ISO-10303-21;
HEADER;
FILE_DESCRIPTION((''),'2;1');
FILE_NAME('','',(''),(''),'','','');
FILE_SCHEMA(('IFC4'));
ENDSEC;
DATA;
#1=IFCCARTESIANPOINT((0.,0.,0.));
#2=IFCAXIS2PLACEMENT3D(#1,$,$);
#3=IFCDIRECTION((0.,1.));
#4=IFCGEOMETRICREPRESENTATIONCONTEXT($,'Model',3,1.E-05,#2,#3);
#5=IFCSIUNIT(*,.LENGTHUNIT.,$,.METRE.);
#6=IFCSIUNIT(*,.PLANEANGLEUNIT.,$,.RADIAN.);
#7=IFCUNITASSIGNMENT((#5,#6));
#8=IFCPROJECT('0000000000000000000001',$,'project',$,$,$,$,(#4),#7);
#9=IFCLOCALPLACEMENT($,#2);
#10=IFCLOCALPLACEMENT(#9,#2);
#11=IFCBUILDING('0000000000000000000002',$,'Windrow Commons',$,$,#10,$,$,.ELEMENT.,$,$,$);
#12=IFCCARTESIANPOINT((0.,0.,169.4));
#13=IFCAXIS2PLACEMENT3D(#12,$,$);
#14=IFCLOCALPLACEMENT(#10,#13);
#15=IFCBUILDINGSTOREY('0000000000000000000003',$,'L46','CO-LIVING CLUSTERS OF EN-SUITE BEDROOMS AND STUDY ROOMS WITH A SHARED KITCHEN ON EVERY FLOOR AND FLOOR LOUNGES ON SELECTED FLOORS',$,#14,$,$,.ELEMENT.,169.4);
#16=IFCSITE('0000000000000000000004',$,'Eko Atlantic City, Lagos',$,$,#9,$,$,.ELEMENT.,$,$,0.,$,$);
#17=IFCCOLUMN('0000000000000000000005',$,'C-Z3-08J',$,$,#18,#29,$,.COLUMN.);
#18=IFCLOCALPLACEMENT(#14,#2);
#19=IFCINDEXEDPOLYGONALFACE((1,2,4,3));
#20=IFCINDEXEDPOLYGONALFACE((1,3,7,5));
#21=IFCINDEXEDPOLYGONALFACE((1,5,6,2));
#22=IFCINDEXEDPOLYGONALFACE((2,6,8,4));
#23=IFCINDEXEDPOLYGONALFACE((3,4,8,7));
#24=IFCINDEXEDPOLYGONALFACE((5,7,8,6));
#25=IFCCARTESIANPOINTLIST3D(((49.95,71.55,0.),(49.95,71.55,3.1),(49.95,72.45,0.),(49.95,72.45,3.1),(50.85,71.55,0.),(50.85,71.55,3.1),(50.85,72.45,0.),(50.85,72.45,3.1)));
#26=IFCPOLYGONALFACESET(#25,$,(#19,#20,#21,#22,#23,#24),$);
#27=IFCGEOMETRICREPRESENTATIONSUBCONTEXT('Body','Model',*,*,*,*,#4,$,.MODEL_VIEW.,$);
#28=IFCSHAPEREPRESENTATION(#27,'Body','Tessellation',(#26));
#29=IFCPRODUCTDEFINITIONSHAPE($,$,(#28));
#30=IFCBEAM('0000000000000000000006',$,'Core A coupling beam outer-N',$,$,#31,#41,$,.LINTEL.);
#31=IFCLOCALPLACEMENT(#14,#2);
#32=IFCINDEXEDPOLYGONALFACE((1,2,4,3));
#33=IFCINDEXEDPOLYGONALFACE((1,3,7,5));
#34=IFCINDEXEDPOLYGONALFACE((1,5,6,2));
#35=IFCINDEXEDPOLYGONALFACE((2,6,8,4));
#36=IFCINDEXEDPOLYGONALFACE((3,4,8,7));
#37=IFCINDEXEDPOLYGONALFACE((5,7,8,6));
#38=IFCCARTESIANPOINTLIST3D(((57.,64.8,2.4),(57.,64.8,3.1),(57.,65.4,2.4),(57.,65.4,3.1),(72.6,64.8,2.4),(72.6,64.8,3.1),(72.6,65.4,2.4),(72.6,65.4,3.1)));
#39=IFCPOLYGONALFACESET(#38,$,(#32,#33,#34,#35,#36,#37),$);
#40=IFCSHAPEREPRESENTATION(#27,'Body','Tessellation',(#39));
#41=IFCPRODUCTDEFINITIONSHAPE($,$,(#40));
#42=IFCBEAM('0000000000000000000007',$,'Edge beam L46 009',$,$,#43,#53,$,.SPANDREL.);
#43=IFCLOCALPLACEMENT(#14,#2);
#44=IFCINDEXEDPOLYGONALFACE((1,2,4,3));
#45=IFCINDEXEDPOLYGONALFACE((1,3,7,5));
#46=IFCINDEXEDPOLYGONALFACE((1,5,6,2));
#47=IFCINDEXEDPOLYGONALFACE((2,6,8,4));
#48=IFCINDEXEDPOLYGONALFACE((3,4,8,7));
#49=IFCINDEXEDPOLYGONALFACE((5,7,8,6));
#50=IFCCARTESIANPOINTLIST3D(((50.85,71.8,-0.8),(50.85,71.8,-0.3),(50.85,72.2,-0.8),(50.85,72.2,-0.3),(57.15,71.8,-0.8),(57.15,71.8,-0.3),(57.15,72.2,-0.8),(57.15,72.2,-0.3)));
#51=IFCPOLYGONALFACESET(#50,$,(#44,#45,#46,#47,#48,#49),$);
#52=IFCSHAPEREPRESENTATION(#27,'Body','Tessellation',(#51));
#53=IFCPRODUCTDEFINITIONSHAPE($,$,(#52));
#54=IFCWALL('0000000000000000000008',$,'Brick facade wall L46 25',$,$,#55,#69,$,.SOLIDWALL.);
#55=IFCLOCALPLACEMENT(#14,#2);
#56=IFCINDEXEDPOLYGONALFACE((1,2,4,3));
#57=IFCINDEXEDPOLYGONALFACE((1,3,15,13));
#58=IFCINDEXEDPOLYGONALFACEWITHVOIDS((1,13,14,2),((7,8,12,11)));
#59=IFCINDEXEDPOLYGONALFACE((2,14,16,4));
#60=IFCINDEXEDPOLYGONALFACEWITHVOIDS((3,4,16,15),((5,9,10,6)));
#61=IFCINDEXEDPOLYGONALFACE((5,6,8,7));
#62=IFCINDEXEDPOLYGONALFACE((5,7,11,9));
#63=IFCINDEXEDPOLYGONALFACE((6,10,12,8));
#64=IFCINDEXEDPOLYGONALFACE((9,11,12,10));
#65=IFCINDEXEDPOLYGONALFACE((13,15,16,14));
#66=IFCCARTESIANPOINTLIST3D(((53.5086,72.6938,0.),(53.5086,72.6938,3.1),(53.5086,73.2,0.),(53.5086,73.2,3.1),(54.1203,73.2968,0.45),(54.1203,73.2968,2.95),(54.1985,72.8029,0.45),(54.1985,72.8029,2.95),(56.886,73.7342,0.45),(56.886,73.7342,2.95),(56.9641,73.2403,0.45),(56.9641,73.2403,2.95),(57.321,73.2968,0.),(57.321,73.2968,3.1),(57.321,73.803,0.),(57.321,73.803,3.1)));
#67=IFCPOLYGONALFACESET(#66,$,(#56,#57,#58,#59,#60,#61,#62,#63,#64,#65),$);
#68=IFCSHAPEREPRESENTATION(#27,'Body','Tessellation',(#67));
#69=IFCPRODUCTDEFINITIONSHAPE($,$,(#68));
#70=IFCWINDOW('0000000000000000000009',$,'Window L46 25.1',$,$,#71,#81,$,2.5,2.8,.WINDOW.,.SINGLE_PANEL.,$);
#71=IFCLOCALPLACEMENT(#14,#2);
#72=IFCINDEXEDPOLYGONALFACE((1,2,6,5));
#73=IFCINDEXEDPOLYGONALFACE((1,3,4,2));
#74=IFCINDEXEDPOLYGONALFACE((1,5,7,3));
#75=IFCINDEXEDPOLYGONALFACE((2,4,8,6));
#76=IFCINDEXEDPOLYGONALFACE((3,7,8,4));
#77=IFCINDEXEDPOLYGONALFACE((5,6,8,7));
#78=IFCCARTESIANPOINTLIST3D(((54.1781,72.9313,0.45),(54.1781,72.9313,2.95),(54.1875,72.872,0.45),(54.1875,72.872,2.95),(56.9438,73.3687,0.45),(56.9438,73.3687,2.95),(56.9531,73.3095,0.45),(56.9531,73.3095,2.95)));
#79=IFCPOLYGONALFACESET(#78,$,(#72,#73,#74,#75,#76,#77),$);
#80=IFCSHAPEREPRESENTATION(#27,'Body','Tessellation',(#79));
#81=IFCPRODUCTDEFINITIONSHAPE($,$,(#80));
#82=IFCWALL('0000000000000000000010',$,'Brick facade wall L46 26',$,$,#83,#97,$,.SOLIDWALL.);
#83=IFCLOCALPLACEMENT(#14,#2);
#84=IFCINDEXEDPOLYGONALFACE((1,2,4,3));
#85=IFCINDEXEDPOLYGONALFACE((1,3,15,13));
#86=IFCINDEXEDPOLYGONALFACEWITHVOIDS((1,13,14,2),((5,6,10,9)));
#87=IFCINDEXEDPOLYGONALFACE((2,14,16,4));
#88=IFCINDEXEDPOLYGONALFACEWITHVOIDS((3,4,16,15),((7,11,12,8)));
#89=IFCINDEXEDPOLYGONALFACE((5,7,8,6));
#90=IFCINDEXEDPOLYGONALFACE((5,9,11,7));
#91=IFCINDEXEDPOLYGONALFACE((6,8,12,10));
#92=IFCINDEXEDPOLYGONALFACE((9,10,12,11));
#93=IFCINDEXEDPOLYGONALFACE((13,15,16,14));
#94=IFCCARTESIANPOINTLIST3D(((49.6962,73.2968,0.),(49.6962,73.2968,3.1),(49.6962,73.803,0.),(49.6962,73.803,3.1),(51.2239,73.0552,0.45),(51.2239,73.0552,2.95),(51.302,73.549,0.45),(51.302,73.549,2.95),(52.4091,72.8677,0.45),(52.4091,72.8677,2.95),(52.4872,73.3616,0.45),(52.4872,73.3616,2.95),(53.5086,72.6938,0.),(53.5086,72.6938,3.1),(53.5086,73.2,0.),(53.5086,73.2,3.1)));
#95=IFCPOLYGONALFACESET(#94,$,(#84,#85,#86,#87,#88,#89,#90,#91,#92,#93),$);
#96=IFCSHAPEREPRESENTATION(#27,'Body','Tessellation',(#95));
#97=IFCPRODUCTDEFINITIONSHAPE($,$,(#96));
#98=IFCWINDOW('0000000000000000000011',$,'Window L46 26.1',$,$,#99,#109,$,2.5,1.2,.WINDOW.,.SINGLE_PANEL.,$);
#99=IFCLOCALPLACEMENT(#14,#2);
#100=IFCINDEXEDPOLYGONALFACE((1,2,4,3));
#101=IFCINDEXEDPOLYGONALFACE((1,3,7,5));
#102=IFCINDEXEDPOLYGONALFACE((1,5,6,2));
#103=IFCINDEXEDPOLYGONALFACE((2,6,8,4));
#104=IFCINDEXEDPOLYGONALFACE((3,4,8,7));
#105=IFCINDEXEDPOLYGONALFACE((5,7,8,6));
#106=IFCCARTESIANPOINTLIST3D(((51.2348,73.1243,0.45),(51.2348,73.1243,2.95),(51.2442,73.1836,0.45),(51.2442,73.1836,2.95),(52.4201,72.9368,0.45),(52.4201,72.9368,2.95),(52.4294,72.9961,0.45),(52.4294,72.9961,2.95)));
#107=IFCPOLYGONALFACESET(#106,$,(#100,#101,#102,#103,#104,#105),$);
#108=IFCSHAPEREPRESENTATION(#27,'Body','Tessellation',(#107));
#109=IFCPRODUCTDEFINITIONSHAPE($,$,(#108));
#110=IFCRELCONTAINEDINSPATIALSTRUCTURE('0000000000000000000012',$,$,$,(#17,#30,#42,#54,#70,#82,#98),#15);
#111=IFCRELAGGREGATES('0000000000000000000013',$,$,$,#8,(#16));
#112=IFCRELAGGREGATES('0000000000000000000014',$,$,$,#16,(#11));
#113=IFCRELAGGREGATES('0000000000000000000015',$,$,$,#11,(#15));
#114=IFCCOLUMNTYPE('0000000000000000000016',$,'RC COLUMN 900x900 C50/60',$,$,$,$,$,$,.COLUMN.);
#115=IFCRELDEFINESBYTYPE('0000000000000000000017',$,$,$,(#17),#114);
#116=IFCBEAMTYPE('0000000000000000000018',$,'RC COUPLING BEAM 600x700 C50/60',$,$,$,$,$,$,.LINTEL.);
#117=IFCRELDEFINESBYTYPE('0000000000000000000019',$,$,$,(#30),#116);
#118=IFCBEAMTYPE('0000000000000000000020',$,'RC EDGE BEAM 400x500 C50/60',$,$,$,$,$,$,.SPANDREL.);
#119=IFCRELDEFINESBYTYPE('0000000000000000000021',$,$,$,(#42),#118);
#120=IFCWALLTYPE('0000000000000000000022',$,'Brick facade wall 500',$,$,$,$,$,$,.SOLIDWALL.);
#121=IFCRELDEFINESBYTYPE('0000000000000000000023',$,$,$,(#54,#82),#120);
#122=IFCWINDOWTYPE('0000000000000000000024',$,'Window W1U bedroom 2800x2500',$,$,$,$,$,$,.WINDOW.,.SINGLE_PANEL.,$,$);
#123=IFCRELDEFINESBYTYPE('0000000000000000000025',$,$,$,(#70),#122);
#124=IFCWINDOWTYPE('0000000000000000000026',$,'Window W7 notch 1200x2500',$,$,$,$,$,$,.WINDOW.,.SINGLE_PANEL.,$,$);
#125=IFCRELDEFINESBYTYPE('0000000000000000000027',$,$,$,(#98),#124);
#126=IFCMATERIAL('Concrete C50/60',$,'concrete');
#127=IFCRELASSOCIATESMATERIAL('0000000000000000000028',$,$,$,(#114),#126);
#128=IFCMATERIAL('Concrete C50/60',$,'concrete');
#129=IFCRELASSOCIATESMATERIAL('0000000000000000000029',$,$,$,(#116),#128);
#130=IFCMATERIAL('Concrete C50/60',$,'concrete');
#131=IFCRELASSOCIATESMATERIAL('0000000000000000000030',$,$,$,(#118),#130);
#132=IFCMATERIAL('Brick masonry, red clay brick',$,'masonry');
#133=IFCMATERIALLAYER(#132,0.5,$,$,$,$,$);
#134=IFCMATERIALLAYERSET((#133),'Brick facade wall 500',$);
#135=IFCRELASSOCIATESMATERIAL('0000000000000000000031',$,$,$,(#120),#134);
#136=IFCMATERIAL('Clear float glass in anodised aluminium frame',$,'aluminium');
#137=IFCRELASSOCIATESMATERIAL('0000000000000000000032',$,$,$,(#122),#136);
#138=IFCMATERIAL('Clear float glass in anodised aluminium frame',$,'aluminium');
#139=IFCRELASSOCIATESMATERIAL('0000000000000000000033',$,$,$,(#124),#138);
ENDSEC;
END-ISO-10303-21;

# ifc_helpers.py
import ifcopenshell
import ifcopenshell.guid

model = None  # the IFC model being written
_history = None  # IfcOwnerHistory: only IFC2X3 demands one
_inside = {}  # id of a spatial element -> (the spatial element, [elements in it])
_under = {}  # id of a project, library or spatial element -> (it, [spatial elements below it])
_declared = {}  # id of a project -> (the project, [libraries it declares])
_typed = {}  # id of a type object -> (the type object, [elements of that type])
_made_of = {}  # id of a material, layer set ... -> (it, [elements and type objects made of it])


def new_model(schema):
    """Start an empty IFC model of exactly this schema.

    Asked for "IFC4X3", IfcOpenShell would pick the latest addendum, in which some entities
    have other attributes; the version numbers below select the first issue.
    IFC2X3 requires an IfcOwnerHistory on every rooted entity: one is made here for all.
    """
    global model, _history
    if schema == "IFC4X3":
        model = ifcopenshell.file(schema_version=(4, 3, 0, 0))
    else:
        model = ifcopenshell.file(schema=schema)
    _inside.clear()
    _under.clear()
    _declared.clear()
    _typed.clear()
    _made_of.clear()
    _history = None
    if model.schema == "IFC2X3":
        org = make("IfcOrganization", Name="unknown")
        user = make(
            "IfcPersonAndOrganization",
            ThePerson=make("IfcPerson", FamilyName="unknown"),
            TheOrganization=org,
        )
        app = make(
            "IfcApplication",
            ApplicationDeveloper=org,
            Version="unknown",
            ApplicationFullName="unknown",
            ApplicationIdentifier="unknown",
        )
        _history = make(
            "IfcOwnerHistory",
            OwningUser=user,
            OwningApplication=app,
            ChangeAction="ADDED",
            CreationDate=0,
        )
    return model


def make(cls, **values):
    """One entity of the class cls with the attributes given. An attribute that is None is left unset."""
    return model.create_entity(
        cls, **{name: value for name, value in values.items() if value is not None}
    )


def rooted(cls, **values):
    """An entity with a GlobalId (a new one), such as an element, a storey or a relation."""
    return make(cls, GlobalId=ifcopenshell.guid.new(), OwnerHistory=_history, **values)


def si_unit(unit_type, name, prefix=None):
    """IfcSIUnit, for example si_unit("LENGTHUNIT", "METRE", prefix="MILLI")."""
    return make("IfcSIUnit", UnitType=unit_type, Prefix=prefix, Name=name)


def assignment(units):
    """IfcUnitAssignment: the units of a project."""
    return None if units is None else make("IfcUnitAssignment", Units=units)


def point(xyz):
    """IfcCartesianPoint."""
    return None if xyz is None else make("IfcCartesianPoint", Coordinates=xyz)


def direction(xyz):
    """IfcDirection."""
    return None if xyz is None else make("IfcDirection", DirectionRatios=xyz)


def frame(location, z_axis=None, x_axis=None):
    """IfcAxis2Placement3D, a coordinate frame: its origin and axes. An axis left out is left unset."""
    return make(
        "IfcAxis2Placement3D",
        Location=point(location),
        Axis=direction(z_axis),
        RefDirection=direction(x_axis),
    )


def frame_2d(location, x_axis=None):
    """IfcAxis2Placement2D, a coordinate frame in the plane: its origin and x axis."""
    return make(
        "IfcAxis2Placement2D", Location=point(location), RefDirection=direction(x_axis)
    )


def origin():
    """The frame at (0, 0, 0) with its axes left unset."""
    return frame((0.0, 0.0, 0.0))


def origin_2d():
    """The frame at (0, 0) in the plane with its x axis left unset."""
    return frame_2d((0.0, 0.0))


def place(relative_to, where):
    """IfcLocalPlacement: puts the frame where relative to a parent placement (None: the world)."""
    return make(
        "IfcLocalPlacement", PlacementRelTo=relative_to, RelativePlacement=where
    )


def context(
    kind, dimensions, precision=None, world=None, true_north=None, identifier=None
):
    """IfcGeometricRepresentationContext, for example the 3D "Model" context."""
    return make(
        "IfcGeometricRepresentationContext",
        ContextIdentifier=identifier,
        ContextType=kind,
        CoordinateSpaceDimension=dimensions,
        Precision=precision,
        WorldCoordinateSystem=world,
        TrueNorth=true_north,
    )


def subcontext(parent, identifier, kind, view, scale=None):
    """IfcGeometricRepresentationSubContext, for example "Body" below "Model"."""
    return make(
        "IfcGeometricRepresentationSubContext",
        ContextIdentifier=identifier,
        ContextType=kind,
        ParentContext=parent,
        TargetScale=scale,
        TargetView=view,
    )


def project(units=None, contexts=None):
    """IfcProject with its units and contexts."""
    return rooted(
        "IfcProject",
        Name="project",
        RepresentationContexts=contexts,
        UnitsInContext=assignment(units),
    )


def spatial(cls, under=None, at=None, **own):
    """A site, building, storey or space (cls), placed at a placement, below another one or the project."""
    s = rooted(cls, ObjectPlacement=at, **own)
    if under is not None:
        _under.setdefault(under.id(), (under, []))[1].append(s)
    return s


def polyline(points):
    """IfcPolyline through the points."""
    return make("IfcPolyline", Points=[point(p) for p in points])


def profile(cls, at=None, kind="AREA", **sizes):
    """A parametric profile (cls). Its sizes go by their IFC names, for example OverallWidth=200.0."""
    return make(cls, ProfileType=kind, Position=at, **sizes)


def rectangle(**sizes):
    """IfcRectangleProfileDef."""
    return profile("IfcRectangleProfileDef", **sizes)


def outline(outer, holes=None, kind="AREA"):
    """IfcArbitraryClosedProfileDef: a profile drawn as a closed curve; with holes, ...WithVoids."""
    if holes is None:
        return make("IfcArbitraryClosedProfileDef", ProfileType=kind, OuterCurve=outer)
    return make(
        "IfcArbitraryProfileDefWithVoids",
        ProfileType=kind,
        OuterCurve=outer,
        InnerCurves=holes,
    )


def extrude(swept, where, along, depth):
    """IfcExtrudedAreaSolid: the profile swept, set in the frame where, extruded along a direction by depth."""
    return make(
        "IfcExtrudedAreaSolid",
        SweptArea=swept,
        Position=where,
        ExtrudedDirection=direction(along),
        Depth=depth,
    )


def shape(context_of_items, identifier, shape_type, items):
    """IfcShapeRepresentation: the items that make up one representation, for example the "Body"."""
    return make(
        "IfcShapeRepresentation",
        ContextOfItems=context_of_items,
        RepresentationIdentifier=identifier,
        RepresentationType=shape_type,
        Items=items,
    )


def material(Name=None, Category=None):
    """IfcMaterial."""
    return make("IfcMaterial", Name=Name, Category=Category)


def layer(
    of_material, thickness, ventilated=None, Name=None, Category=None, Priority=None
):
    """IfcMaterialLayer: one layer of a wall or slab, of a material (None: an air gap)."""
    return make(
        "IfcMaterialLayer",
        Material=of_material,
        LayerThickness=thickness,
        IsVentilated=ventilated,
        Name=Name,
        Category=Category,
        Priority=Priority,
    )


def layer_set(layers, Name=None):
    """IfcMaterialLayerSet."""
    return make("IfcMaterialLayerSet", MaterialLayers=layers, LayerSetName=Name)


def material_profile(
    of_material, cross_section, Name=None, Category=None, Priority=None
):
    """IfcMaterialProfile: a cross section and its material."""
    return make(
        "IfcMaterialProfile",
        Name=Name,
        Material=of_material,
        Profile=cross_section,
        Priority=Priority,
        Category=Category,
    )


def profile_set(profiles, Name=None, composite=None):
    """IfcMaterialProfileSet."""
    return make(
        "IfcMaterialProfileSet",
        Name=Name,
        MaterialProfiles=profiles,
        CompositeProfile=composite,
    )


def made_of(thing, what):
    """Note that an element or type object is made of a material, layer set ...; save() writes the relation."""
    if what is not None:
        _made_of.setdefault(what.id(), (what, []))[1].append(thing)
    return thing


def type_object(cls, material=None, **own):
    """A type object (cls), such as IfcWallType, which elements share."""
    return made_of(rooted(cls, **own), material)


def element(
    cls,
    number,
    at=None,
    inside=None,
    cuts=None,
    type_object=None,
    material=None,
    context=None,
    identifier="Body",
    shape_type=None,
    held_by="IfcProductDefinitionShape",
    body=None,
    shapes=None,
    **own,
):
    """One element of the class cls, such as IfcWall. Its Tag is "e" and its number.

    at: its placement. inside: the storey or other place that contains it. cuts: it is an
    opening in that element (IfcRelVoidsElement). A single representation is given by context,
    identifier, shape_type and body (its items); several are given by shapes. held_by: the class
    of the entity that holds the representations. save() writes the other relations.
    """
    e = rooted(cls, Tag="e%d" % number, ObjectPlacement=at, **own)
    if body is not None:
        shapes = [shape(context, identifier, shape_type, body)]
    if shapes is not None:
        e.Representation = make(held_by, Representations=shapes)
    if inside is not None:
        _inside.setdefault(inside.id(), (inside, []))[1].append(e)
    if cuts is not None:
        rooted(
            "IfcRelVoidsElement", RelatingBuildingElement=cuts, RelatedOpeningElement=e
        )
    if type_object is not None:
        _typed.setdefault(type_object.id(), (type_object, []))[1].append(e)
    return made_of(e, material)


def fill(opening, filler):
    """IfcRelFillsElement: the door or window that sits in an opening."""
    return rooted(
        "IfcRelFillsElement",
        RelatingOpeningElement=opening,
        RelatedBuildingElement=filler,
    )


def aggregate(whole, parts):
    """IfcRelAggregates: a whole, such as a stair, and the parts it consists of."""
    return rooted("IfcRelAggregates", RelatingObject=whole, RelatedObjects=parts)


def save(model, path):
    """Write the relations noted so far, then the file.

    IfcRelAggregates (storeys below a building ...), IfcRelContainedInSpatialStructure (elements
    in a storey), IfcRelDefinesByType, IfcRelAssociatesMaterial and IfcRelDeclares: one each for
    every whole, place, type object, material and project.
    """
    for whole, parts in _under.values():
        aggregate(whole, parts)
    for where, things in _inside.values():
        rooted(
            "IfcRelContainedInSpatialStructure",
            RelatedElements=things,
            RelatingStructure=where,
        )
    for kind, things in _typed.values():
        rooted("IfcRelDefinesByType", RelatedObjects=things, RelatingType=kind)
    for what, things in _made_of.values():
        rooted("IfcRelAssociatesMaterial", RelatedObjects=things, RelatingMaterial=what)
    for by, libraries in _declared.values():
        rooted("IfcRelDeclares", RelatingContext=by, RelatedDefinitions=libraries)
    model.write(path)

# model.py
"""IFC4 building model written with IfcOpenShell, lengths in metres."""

from ifc_helpers import new_model, si_unit, direction, frame, frame_2d, origin, origin_2d, place, context, subcontext, project, spatial, polyline, rectangle, outline, extrude, material, layer, layer_set, material_profile, profile_set, type_object, element, fill, save


model = new_model("IFC4")

# Units and contexts
model_context = context("Model", 3, precision=1e-05, world=origin(), true_north=direction((0.0, 1.0)))
body_context = subcontext(model_context, "Body", "Model", "MODEL_VIEW")
ifc_project = project(units=[si_unit("LENGTHUNIT", "METRE"), si_unit("PLANEANGLEUNIT", "RADIAN")], contexts=[model_context])

# Site, building, storey
site_placement = place(None, origin())
site = spatial("IfcSite", under=ifc_project, at=site_placement, Name="Eko Atlantic City, Lagos", CompositionType="ELEMENT", RefElevation=0.0)
building_placement = place(site_placement, origin())
building = spatial("IfcBuilding", under=site, at=building_placement, Name="Windrow Commons", CompositionType="ELEMENT")
storey_placement = place(building_placement, frame((0.0, 0.0, 169.4)))
storey = spatial("IfcBuildingStorey", under=building, at=storey_placement, Name="L46", Description="CO-LIVING CLUSTERS OF EN-SUITE BEDROOMS AND STUDY ROOMS WITH A SHARED KITCHEN ON EVERY FLOOR AND FLOOR LOUNGES ON SELECTED FLOORS", CompositionType="ELEMENT", Elevation=169.4)

# Column
ifc_material_1 = material(Name="Concrete C50/60", Category="concrete")
ifc_material_profile_1 = material_profile(ifc_material_1, rectangle(XDim=0.9, YDim=0.9, at=origin_2d()))
ifc_profile_set_1 = profile_set([ifc_material_profile_1], Name="Concrete C50/60")
column_type = type_object("IfcColumnType", Name="RC COLUMN 900x900 C50/60", PredefinedType="COLUMN", material=ifc_profile_set_1)
column_placement = place(storey_placement, frame((50.4, 72.0, 0.0), z_axis=(0.0, 0.0, 1.0), x_axis=(1.0, 0.0, 0.0)))
element("IfcColumn", 1, at=column_placement, inside=storey, type_object=column_type, Name="C-Z3-08J", PredefinedType="COLUMN", context=body_context, shape_type="SweptSolid", body=[
    extrude(rectangle(XDim=0.9, YDim=0.9, at=origin_2d()), origin(), (0.0, 0.0, 1.0), 3.1),
])

# Beams
ifc_material_2 = material(Name="Concrete C50/60", Category="concrete")
ifc_material_profile_2 = material_profile(ifc_material_2, rectangle(XDim=0.6, YDim=0.7, at=origin_2d()))
ifc_profile_set_2 = profile_set([ifc_material_profile_2], Name="Concrete C50/60")
beam_type_1 = type_object("IfcBeamType", Name="RC COUPLING BEAM 600x700 C50/60", PredefinedType="LINTEL", material=ifc_profile_set_2)
beam_1_placement = place(storey_placement, frame((57.0, 65.1, 2.75), z_axis=(1.0, 0.0, 0.0), x_axis=(0.0, 1.0, 0.0)))
element("IfcBeam", 2, at=beam_1_placement, inside=storey, type_object=beam_type_1, Name="Core A coupling beam outer-N", PredefinedType="LINTEL", context=body_context, shape_type="SweptSolid", body=[
    extrude(rectangle(XDim=0.6, YDim=0.7, at=origin_2d()), origin(), (0.0, 0.0, 1.0), 15.6),
])
ifc_material_3 = material(Name="Concrete C50/60", Category="concrete")
ifc_material_profile_3 = material_profile(ifc_material_3, rectangle(XDim=0.4, YDim=0.5, at=origin_2d()))
ifc_profile_set_3 = profile_set([ifc_material_profile_3], Name="Concrete C50/60")
beam_type_2 = type_object("IfcBeamType", Name="RC EDGE BEAM 400x500 C50/60", PredefinedType="SPANDREL", material=ifc_profile_set_3)
beam_2_placement = place(storey_placement, frame((50.85, 72.0, -0.55), z_axis=(1.0, 0.0, 0.0), x_axis=(0.0, 1.0, 0.0)))
element("IfcBeam", 3, at=beam_2_placement, inside=storey, type_object=beam_type_2, Name="Edge beam L46 009", PredefinedType="SPANDREL", context=body_context, shape_type="SweptSolid", body=[
    extrude(rectangle(XDim=0.4, YDim=0.5, at=origin_2d()), origin(), (0.0, 0.0, 1.0), 6.3),
])

# Walls, openings, windows
ifc_material_4 = material(Name="Brick masonry, red clay brick", Category="masonry")
ifc_layer_1 = layer(ifc_material_4, 0.5)
ifc_layer_set_1 = layer_set([ifc_layer_1], Name="Brick facade wall 500")
wall_type_1 = type_object("IfcWallType", Name="Brick facade wall 500", PredefinedType="SOLIDWALL", material=ifc_layer_set_1)
wall_1_placement = place(storey_placement, frame((57.321, 73.5499, 0.0), z_axis=(0.0, 0.0, 1.0), x_axis=(-0.987721, -0.156226, 0.0)))
wall_1 = element("IfcWall", 4, at=wall_1_placement, inside=storey, type_object=wall_type_1, Name="Brick facade wall L46 25", PredefinedType="SOLIDWALL", context=body_context, shape_type="SweptSolid", body=[
    extrude(outline(polyline([(-0.0395, -0.25), (3.8203, -0.25), (3.8993, 0.25), (0.0395, 0.25), (-0.0395, -0.25)])), origin(), (0.0, 0.0, 1.0), 3.1),
])
opening_1_placement = place(wall_1_placement, frame((0.4009, 0.0, 0.45)))
opening_1 = element("IfcOpeningElement", 5, at=opening_1_placement, cuts=wall_1, PredefinedType="OPENING", context=body_context, shape_type="SweptSolid", body=[
    extrude(rectangle(XDim=2.8, YDim=2.5, at=frame_2d((1.4, 1.25))), frame((0.0, 0.26, 0.0), z_axis=(0.0, -1.0, 0.0), x_axis=(1.0, 0.0, 0.0)), (0.0, 0.0, 1.0), 0.52),
])
ifc_material_5 = material(Name="Clear float glass in anodised aluminium frame", Category="aluminium")
window_type_1 = type_object("IfcWindowType", Name="Window W1U bedroom 2800x2500", PartitioningType="SINGLE_PANEL", PredefinedType="WINDOW", material=ifc_material_5)
window_1_placement = place(opening_1_placement, origin())
window_1 = element("IfcWindow", 6, at=window_1_placement, inside=storey, type_object=window_type_1, Name="Window L46 25.1", OverallHeight=2.5, OverallWidth=2.8, PartitioningType="SINGLE_PANEL", PredefinedType="WINDOW", context=body_context, shape_type="SweptSolid", body=[
    extrude(rectangle(XDim=2.8, YDim=2.5, at=frame_2d((1.4, 1.25))), frame((0.0, 0.18, 0.0), z_axis=(0.0, -1.0, 0.0), x_axis=(1.0, 0.0, 0.0)), (0.0, 0.0, 1.0), 0.06),
])
fill(opening_1, window_1)
wall_2_placement = place(storey_placement, frame((53.5086, 72.9469, 0.0), z_axis=(0.0, 0.0, 1.0), x_axis=(-0.987721, 0.156226, 0.0)))
wall_2 = element("IfcWall", 7, at=wall_2_placement, inside=storey, type_object=wall_type_1, Name="Brick facade wall L46 26", PredefinedType="SOLIDWALL", context=body_context, shape_type="SweptSolid", body=[
    extrude(outline(polyline([(0.0395, -0.25), (3.8993, -0.25), (3.8203, 0.25), (-0.0395, 0.25), (0.0395, -0.25)])), origin(), (0.0, 0.0, 1.0), 3.1),
])
opening_2_placement = place(wall_2_placement, frame((1.0736, 0.0, 0.45)))
opening_2 = element("IfcOpeningElement", 8, at=opening_2_placement, cuts=wall_2, PredefinedType="OPENING", context=body_context, shape_type="SweptSolid", body=[
    extrude(rectangle(XDim=1.2, YDim=2.5, at=frame_2d((0.6, 1.25))), frame((0.0, 0.26, 0.0), z_axis=(0.0, -1.0, 0.0), x_axis=(1.0, 0.0, 0.0)), (0.0, 0.0, 1.0), 0.52),
])
ifc_material_6 = material(Name="Clear float glass in anodised aluminium frame", Category="aluminium")
window_type_2 = type_object("IfcWindowType", Name="Window W7 notch 1200x2500", PartitioningType="SINGLE_PANEL", PredefinedType="WINDOW", material=ifc_material_6)
window_2_placement = place(opening_2_placement, origin())
window_2 = element("IfcWindow", 9, at=window_2_placement, inside=storey, type_object=window_type_2, Name="Window L46 26.1", OverallHeight=2.5, OverallWidth=1.2, PartitioningType="SINGLE_PANEL", PredefinedType="WINDOW", context=body_context, shape_type="SweptSolid", body=[
    extrude(rectangle(XDim=1.2, YDim=2.5, at=frame_2d((0.6, 1.25))), frame((0.0, 0.18, 0.0), z_axis=(0.0, -1.0, 0.0), x_axis=(1.0, 0.0, 0.0)), (0.0, 0.0, 1.0), 0.06),
])
fill(opening_2, window_2)

save(model, "model.ifc")
